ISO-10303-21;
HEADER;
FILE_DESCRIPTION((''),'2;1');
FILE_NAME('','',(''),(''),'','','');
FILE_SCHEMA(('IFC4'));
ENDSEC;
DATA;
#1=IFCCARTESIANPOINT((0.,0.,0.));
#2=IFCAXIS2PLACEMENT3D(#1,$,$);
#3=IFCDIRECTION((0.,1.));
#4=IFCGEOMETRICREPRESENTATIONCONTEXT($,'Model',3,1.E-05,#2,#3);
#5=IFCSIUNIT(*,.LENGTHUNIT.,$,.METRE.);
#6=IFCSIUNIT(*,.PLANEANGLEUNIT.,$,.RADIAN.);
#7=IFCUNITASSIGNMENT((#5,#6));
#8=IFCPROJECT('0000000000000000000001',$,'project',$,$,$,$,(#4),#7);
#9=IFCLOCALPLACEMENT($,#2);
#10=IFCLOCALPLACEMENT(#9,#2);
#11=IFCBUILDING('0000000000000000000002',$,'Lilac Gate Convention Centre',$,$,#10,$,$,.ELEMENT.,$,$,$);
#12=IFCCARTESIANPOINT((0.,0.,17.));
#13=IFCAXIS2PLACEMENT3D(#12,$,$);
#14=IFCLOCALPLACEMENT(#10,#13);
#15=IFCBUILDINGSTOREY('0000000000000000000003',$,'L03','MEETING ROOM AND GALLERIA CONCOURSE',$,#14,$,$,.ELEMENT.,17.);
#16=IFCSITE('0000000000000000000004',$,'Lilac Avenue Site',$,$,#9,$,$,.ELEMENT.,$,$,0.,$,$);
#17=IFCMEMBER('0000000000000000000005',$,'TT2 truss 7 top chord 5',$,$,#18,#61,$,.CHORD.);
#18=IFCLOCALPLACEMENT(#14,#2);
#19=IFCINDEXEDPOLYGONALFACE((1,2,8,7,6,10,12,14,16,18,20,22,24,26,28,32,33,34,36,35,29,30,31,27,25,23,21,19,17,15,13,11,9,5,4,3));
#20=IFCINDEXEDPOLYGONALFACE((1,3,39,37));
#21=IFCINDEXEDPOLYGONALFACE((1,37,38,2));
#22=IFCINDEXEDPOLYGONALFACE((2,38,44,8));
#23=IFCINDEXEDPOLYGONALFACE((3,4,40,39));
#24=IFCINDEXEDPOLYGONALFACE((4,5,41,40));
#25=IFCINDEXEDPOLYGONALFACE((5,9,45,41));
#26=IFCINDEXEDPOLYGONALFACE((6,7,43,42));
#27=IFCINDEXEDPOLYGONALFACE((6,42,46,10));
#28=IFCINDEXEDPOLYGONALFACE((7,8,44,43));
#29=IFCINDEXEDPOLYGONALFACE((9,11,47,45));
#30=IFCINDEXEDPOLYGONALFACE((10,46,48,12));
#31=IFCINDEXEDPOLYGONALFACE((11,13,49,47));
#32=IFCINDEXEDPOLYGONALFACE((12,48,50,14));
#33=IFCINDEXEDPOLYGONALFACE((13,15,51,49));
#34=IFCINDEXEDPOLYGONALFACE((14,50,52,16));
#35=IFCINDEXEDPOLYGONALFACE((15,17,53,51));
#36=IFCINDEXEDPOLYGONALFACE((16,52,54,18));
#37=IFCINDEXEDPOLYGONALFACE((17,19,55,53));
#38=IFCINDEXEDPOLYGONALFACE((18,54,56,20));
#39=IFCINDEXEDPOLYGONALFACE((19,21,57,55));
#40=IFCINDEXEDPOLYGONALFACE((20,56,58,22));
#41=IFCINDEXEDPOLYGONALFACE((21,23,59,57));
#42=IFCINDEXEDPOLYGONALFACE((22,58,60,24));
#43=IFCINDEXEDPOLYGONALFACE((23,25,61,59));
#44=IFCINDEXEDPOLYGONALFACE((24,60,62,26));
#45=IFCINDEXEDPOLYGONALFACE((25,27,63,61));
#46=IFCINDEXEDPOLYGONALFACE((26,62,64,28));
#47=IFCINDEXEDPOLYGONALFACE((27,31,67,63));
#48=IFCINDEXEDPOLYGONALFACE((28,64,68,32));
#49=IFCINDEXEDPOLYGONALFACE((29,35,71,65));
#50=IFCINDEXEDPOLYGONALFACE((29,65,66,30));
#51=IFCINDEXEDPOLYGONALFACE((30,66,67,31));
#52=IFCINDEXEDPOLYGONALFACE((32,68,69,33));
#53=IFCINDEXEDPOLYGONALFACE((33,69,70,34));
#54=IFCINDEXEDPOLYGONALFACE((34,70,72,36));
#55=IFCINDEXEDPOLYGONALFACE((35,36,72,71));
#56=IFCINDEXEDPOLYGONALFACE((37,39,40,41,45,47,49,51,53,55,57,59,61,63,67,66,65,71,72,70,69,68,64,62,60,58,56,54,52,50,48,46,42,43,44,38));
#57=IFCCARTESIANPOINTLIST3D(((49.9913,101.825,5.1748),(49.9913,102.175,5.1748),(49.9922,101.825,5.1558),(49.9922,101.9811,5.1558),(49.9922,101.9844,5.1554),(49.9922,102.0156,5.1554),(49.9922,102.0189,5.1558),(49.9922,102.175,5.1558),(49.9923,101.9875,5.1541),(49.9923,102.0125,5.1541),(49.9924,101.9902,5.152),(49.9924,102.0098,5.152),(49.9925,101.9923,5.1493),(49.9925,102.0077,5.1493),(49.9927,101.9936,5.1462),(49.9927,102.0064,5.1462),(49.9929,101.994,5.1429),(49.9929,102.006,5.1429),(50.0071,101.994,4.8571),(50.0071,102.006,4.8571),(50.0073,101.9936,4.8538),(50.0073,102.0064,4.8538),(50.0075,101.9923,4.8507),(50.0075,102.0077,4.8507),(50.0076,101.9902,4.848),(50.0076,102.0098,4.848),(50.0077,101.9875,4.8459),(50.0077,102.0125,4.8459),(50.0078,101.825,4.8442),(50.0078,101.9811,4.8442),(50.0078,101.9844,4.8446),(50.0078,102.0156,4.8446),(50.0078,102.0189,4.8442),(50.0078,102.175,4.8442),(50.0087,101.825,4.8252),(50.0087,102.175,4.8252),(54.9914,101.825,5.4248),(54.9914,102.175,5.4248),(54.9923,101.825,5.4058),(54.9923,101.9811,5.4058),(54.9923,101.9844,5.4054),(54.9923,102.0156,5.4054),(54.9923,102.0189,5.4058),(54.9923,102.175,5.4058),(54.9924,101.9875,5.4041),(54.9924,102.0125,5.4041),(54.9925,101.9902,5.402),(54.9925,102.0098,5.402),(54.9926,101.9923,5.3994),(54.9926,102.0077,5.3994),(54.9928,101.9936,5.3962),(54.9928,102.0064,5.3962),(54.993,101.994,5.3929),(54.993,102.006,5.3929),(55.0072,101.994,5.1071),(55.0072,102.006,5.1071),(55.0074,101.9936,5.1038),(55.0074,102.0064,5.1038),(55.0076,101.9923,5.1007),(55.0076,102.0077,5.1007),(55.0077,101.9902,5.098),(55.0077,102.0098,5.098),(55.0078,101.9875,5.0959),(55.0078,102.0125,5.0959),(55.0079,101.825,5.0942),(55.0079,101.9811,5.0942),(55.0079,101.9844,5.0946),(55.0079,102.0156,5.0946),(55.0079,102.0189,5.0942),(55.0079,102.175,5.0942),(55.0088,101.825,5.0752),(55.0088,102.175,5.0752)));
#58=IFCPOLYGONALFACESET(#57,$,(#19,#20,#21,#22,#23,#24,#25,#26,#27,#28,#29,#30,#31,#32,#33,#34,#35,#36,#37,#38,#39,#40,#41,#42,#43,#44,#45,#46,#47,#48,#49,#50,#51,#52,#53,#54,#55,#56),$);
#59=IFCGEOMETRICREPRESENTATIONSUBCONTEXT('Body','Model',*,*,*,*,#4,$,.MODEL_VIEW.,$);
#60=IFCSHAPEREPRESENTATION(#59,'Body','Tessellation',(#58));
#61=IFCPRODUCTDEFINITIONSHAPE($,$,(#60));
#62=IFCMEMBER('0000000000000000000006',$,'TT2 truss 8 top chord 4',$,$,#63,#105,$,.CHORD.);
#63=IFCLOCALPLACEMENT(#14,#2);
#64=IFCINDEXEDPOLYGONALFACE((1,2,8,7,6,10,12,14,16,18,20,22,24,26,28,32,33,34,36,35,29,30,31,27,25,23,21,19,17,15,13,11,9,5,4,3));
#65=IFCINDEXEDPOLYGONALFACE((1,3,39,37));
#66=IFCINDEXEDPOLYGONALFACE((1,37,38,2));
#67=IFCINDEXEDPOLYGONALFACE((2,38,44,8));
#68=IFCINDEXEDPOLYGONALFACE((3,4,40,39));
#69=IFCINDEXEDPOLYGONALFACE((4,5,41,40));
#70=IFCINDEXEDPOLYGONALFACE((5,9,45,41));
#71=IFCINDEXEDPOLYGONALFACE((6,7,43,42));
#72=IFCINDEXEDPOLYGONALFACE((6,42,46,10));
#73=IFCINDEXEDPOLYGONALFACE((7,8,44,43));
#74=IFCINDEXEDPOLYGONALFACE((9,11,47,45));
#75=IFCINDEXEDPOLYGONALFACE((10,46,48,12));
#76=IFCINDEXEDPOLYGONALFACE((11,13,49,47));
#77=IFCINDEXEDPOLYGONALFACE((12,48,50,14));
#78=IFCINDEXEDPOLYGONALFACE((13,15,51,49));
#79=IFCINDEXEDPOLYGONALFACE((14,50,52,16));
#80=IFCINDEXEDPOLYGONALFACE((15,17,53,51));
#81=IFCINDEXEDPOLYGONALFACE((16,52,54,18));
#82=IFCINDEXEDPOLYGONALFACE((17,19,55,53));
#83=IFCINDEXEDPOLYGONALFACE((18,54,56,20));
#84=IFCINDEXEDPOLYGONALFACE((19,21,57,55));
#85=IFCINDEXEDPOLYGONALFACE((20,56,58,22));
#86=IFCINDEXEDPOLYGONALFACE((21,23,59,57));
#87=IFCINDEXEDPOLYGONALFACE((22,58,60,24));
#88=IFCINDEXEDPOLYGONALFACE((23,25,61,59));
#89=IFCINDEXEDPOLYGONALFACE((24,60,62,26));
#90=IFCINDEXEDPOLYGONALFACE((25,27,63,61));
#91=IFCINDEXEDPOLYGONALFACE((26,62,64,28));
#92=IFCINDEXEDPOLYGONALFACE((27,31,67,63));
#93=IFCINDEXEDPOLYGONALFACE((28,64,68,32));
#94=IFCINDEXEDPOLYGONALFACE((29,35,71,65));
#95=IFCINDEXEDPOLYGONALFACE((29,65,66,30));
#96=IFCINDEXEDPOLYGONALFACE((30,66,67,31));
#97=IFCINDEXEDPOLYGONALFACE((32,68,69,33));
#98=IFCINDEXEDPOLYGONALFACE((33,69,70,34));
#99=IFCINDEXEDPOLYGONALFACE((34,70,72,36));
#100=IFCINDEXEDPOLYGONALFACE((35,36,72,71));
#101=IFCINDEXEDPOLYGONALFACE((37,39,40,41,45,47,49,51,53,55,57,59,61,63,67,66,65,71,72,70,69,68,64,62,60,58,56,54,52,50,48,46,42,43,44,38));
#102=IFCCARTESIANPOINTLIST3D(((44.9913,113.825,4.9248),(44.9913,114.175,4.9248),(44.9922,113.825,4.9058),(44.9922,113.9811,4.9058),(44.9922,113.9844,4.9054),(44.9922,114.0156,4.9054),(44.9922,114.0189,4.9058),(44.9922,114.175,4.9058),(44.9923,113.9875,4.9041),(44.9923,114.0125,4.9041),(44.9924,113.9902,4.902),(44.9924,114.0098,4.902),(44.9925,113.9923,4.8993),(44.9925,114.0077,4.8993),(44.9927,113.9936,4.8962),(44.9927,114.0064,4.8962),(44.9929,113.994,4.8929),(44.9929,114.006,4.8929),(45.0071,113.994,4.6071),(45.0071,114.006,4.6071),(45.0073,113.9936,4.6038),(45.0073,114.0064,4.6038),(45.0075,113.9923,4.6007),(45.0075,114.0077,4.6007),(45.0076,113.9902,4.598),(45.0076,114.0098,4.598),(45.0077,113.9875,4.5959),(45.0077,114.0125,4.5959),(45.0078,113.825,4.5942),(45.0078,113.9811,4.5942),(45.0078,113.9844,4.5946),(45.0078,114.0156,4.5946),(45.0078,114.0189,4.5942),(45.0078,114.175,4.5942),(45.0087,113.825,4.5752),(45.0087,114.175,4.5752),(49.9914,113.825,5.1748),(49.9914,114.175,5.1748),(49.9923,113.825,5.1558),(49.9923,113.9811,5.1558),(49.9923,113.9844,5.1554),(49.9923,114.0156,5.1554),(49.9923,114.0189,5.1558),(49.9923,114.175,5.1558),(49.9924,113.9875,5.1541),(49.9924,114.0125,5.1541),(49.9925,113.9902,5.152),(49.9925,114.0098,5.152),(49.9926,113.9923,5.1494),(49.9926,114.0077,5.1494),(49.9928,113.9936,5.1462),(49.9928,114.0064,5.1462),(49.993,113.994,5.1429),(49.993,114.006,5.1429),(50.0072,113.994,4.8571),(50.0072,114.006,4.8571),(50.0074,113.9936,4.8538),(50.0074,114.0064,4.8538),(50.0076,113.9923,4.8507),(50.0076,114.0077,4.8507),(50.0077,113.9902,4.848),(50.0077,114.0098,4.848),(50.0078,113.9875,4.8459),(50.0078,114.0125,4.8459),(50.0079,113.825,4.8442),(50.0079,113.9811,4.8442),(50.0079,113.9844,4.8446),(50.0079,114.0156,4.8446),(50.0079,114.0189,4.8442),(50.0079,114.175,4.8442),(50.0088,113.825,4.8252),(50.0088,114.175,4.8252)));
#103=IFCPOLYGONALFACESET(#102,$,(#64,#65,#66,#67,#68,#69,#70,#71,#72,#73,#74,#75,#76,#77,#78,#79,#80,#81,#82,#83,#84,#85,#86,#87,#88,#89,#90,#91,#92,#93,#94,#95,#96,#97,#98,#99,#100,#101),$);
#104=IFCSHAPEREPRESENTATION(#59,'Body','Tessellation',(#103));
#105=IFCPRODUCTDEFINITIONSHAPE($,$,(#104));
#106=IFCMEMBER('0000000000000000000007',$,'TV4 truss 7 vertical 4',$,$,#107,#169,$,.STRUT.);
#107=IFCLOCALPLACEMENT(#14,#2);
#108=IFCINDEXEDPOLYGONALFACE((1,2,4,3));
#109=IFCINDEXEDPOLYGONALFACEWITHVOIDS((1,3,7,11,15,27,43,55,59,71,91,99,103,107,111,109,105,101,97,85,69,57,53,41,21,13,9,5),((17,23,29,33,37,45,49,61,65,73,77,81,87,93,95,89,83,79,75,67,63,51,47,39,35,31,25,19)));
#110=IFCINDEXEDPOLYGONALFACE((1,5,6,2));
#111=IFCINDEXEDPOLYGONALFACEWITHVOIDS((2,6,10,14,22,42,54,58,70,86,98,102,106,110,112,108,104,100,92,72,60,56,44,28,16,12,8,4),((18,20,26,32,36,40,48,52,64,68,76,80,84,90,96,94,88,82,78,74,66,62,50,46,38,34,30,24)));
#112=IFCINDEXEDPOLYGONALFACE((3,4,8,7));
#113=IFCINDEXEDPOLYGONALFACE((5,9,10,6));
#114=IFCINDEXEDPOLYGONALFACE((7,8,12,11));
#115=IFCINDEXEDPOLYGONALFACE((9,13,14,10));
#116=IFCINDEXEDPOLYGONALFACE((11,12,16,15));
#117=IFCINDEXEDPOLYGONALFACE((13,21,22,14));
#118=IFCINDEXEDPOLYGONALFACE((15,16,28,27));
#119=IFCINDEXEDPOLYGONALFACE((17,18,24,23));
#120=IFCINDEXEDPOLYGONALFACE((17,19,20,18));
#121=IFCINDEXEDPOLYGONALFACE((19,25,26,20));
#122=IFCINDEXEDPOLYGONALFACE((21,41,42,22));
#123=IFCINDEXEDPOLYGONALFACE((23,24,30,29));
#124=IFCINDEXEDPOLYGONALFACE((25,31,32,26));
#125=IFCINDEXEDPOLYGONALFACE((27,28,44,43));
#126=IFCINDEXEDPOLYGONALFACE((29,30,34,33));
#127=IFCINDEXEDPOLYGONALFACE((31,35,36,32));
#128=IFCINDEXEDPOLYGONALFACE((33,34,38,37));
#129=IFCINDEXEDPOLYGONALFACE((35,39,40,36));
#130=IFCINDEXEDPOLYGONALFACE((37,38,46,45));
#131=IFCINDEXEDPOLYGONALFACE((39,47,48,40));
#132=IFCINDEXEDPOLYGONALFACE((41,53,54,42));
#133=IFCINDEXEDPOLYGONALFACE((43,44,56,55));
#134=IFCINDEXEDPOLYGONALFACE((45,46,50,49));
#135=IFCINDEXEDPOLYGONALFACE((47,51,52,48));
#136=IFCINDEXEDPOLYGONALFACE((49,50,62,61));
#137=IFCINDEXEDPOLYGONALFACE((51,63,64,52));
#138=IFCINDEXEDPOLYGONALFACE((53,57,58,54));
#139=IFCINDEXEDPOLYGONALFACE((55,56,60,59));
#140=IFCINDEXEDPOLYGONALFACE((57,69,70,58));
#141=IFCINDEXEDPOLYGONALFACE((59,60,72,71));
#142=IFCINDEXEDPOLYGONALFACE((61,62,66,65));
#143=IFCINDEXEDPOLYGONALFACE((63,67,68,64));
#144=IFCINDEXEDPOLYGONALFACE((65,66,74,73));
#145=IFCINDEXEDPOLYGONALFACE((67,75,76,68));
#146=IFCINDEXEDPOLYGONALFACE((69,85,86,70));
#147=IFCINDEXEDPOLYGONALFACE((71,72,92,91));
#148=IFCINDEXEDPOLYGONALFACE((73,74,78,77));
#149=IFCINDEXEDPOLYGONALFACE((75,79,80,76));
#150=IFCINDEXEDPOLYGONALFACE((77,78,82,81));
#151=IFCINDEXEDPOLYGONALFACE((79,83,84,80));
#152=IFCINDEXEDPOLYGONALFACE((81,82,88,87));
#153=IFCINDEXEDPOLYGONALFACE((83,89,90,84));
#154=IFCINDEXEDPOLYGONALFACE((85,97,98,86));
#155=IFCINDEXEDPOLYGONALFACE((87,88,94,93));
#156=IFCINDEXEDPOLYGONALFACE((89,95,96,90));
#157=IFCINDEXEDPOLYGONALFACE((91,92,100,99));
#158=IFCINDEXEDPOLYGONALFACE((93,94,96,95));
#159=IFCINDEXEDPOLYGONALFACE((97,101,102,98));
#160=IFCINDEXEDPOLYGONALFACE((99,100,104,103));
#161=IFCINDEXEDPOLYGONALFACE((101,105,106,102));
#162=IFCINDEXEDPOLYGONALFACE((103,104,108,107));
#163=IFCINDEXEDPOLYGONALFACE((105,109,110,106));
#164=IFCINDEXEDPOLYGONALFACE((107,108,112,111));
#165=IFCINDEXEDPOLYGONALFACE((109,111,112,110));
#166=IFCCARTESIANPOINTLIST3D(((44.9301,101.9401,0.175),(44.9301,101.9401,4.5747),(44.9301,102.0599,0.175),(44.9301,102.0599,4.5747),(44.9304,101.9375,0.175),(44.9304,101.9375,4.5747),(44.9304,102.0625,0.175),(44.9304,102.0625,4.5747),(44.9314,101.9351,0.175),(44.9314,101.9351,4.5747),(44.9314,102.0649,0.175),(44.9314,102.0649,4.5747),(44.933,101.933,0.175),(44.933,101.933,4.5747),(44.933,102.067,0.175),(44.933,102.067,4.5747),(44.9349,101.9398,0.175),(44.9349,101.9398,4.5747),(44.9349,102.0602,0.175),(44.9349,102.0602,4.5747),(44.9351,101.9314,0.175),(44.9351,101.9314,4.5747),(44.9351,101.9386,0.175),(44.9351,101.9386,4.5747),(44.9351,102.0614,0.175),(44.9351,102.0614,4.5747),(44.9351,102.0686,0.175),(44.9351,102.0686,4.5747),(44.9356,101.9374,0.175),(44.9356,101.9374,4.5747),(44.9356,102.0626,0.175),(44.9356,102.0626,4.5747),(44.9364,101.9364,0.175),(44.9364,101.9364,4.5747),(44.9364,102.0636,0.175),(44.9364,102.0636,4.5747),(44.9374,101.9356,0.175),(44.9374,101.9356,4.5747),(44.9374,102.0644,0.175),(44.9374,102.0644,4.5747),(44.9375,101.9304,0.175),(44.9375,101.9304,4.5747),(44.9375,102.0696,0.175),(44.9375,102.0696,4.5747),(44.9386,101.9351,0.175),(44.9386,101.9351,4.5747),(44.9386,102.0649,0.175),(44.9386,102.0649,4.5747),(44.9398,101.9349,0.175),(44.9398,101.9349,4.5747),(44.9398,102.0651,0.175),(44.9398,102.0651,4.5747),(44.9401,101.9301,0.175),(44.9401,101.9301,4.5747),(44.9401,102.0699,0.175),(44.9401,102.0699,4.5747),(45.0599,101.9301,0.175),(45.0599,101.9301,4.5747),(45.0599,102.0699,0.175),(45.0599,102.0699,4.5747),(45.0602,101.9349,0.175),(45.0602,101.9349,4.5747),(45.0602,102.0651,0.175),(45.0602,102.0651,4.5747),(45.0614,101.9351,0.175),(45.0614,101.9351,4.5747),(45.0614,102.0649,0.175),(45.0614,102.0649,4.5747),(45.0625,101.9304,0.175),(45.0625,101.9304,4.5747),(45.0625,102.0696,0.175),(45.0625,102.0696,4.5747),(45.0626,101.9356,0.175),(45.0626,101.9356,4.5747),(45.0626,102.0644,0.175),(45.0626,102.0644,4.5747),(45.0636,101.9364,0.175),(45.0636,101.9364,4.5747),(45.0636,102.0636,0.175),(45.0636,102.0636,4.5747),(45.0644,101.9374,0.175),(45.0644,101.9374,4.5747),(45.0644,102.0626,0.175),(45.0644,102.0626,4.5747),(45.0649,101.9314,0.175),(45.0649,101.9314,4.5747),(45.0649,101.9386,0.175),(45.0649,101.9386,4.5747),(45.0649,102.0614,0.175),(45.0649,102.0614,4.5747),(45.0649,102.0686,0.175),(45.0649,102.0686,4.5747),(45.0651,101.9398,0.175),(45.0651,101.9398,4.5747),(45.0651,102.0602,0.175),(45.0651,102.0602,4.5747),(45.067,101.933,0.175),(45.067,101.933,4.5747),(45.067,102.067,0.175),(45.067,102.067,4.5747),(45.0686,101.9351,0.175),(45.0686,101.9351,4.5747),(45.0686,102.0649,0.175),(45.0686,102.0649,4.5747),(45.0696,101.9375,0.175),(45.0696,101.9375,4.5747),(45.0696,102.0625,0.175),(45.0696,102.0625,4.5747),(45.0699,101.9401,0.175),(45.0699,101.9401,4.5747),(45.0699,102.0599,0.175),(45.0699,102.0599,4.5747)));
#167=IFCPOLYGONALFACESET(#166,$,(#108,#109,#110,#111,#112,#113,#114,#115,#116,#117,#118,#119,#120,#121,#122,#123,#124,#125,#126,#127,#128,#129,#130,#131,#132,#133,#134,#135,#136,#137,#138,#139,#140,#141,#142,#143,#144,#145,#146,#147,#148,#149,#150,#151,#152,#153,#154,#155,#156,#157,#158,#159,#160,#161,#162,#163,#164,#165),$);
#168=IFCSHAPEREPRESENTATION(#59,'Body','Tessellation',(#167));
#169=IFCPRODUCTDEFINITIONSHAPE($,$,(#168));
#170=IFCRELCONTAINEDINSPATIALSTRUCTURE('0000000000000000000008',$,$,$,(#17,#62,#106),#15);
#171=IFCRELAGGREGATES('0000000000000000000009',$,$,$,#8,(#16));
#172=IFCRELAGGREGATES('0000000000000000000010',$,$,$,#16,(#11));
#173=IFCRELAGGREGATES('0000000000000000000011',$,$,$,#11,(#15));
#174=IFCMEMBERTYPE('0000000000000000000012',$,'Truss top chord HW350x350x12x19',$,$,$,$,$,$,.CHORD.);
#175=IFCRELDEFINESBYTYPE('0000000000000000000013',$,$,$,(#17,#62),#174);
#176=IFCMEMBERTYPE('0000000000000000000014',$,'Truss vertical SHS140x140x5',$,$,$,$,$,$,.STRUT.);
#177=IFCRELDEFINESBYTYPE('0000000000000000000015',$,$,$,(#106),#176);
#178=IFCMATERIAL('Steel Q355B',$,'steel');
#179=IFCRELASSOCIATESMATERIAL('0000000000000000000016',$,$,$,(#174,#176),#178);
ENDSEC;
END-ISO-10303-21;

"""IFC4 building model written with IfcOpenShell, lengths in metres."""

from ifc_helpers import new_model, si_unit, direction, frame, origin, origin_2d, place, context, subcontext, project, spatial, hollow_rectangle, i_section, extrude, material, material_profile, profile_set, type_object, element, save


model = new_model("IFC4")

# Units and contexts
model_context = context("Model", 3, precision=1e-05, world=origin(), true_north=direction((0.0, 1.0)))
body_context = subcontext(model_context, "Body", "Model", "MODEL_VIEW")
ifc_project = project(units=[si_unit("LENGTHUNIT", "METRE"), si_unit("PLANEANGLEUNIT", "RADIAN")], contexts=[model_context])

# Site, building, storey
site_placement = place(None, origin())
site = spatial("IfcSite", under=ifc_project, at=site_placement, Name="Lilac Avenue Site", CompositionType="ELEMENT", RefElevation=0.0)
building_placement = place(site_placement, origin())
building = spatial("IfcBuilding", under=site, at=building_placement, Name="Lilac Gate Convention Centre", CompositionType="ELEMENT")
storey_placement = place(building_placement, frame((0.0, 0.0, 17.0)))
storey = spatial("IfcBuildingStorey", under=building, at=storey_placement, Name="L03", Description="MEETING ROOM AND GALLERIA CONCOURSE", CompositionType="ELEMENT", Elevation=17.0)

# Members
ifc_material = material(Name="Steel Q355B", Category="steel")
ifc_material_profile_1 = material_profile(ifc_material, i_section(OverallWidth=0.3501, OverallDepth=0.3501, WebThickness=0.012, FlangeThickness=0.019, FilletRadius=0.0129, at=origin_2d()), Name="HW350x350x12x19")
ifc_profile_set_1 = profile_set([ifc_material_profile_1], Name="Steel Q355B")
member_type_1 = type_object("IfcMemberType", Name="Truss top chord HW350x350x12x19", PredefinedType="CHORD", material=ifc_profile_set_1)
for number, where, z_axis, x_axis, name in (
    (1, (50.0, 102.0, 5.0), (0.998752, 0.0, 0.049938), (0.0, 1.0, 0.0), "TT2 truss 7 top chord 5"),
    (2, (45.0, 114.0, 4.75), (0.998752, 0.0, 0.049938), (0.0, 1.0, 0.0), "TT2 truss 8 top chord 4"),
):
    element("IfcMember", number, at=place(storey_placement, frame(where, z_axis=z_axis, x_axis=x_axis)), inside=storey, type_object=member_type_1, Name=name, PredefinedType="CHORD", context=body_context, shape_type="SweptSolid", body=[
        extrude(i_section(OverallWidth=0.3501, OverallDepth=0.3501, WebThickness=0.012, FlangeThickness=0.019, FilletRadius=0.0129, at=origin_2d()), origin(), (0.0, 0.0, 1.0), 5.0063),
    ])
ifc_material_profile_2 = material_profile(ifc_material, hollow_rectangle(XDim=0.1399, YDim=0.1399, WallThickness=0.0049, InnerFilletRadius=0.0049, OuterFilletRadius=0.01, at=origin_2d()), Name="SHS140x140x5")
ifc_profile_set_2 = profile_set([ifc_material_profile_2], Name="Steel Q355B")
member_type_2 = type_object("IfcMemberType", Name="Truss vertical SHS140x140x5", PredefinedType="STRUT", material=ifc_profile_set_2)
member_1_placement = place(storey_placement, frame((45.0, 102.0, 0.175), z_axis=(0.0, 0.0, 1.0), x_axis=(1.0, 0.0, 0.0)))
element("IfcMember", 3, at=member_1_placement, inside=storey, type_object=member_type_2, Name="TV4 truss 7 vertical 4", PredefinedType="STRUT", context=body_context, shape_type="SweptSolid", body=[
    extrude(hollow_rectangle(XDim=0.1399, YDim=0.1399, WallThickness=0.0049, InnerFilletRadius=0.0049, OuterFilletRadius=0.01, at=origin_2d()), origin(), (0.0, 0.0, 1.0), 4.3997),
])

save(model, "model.ifc")
